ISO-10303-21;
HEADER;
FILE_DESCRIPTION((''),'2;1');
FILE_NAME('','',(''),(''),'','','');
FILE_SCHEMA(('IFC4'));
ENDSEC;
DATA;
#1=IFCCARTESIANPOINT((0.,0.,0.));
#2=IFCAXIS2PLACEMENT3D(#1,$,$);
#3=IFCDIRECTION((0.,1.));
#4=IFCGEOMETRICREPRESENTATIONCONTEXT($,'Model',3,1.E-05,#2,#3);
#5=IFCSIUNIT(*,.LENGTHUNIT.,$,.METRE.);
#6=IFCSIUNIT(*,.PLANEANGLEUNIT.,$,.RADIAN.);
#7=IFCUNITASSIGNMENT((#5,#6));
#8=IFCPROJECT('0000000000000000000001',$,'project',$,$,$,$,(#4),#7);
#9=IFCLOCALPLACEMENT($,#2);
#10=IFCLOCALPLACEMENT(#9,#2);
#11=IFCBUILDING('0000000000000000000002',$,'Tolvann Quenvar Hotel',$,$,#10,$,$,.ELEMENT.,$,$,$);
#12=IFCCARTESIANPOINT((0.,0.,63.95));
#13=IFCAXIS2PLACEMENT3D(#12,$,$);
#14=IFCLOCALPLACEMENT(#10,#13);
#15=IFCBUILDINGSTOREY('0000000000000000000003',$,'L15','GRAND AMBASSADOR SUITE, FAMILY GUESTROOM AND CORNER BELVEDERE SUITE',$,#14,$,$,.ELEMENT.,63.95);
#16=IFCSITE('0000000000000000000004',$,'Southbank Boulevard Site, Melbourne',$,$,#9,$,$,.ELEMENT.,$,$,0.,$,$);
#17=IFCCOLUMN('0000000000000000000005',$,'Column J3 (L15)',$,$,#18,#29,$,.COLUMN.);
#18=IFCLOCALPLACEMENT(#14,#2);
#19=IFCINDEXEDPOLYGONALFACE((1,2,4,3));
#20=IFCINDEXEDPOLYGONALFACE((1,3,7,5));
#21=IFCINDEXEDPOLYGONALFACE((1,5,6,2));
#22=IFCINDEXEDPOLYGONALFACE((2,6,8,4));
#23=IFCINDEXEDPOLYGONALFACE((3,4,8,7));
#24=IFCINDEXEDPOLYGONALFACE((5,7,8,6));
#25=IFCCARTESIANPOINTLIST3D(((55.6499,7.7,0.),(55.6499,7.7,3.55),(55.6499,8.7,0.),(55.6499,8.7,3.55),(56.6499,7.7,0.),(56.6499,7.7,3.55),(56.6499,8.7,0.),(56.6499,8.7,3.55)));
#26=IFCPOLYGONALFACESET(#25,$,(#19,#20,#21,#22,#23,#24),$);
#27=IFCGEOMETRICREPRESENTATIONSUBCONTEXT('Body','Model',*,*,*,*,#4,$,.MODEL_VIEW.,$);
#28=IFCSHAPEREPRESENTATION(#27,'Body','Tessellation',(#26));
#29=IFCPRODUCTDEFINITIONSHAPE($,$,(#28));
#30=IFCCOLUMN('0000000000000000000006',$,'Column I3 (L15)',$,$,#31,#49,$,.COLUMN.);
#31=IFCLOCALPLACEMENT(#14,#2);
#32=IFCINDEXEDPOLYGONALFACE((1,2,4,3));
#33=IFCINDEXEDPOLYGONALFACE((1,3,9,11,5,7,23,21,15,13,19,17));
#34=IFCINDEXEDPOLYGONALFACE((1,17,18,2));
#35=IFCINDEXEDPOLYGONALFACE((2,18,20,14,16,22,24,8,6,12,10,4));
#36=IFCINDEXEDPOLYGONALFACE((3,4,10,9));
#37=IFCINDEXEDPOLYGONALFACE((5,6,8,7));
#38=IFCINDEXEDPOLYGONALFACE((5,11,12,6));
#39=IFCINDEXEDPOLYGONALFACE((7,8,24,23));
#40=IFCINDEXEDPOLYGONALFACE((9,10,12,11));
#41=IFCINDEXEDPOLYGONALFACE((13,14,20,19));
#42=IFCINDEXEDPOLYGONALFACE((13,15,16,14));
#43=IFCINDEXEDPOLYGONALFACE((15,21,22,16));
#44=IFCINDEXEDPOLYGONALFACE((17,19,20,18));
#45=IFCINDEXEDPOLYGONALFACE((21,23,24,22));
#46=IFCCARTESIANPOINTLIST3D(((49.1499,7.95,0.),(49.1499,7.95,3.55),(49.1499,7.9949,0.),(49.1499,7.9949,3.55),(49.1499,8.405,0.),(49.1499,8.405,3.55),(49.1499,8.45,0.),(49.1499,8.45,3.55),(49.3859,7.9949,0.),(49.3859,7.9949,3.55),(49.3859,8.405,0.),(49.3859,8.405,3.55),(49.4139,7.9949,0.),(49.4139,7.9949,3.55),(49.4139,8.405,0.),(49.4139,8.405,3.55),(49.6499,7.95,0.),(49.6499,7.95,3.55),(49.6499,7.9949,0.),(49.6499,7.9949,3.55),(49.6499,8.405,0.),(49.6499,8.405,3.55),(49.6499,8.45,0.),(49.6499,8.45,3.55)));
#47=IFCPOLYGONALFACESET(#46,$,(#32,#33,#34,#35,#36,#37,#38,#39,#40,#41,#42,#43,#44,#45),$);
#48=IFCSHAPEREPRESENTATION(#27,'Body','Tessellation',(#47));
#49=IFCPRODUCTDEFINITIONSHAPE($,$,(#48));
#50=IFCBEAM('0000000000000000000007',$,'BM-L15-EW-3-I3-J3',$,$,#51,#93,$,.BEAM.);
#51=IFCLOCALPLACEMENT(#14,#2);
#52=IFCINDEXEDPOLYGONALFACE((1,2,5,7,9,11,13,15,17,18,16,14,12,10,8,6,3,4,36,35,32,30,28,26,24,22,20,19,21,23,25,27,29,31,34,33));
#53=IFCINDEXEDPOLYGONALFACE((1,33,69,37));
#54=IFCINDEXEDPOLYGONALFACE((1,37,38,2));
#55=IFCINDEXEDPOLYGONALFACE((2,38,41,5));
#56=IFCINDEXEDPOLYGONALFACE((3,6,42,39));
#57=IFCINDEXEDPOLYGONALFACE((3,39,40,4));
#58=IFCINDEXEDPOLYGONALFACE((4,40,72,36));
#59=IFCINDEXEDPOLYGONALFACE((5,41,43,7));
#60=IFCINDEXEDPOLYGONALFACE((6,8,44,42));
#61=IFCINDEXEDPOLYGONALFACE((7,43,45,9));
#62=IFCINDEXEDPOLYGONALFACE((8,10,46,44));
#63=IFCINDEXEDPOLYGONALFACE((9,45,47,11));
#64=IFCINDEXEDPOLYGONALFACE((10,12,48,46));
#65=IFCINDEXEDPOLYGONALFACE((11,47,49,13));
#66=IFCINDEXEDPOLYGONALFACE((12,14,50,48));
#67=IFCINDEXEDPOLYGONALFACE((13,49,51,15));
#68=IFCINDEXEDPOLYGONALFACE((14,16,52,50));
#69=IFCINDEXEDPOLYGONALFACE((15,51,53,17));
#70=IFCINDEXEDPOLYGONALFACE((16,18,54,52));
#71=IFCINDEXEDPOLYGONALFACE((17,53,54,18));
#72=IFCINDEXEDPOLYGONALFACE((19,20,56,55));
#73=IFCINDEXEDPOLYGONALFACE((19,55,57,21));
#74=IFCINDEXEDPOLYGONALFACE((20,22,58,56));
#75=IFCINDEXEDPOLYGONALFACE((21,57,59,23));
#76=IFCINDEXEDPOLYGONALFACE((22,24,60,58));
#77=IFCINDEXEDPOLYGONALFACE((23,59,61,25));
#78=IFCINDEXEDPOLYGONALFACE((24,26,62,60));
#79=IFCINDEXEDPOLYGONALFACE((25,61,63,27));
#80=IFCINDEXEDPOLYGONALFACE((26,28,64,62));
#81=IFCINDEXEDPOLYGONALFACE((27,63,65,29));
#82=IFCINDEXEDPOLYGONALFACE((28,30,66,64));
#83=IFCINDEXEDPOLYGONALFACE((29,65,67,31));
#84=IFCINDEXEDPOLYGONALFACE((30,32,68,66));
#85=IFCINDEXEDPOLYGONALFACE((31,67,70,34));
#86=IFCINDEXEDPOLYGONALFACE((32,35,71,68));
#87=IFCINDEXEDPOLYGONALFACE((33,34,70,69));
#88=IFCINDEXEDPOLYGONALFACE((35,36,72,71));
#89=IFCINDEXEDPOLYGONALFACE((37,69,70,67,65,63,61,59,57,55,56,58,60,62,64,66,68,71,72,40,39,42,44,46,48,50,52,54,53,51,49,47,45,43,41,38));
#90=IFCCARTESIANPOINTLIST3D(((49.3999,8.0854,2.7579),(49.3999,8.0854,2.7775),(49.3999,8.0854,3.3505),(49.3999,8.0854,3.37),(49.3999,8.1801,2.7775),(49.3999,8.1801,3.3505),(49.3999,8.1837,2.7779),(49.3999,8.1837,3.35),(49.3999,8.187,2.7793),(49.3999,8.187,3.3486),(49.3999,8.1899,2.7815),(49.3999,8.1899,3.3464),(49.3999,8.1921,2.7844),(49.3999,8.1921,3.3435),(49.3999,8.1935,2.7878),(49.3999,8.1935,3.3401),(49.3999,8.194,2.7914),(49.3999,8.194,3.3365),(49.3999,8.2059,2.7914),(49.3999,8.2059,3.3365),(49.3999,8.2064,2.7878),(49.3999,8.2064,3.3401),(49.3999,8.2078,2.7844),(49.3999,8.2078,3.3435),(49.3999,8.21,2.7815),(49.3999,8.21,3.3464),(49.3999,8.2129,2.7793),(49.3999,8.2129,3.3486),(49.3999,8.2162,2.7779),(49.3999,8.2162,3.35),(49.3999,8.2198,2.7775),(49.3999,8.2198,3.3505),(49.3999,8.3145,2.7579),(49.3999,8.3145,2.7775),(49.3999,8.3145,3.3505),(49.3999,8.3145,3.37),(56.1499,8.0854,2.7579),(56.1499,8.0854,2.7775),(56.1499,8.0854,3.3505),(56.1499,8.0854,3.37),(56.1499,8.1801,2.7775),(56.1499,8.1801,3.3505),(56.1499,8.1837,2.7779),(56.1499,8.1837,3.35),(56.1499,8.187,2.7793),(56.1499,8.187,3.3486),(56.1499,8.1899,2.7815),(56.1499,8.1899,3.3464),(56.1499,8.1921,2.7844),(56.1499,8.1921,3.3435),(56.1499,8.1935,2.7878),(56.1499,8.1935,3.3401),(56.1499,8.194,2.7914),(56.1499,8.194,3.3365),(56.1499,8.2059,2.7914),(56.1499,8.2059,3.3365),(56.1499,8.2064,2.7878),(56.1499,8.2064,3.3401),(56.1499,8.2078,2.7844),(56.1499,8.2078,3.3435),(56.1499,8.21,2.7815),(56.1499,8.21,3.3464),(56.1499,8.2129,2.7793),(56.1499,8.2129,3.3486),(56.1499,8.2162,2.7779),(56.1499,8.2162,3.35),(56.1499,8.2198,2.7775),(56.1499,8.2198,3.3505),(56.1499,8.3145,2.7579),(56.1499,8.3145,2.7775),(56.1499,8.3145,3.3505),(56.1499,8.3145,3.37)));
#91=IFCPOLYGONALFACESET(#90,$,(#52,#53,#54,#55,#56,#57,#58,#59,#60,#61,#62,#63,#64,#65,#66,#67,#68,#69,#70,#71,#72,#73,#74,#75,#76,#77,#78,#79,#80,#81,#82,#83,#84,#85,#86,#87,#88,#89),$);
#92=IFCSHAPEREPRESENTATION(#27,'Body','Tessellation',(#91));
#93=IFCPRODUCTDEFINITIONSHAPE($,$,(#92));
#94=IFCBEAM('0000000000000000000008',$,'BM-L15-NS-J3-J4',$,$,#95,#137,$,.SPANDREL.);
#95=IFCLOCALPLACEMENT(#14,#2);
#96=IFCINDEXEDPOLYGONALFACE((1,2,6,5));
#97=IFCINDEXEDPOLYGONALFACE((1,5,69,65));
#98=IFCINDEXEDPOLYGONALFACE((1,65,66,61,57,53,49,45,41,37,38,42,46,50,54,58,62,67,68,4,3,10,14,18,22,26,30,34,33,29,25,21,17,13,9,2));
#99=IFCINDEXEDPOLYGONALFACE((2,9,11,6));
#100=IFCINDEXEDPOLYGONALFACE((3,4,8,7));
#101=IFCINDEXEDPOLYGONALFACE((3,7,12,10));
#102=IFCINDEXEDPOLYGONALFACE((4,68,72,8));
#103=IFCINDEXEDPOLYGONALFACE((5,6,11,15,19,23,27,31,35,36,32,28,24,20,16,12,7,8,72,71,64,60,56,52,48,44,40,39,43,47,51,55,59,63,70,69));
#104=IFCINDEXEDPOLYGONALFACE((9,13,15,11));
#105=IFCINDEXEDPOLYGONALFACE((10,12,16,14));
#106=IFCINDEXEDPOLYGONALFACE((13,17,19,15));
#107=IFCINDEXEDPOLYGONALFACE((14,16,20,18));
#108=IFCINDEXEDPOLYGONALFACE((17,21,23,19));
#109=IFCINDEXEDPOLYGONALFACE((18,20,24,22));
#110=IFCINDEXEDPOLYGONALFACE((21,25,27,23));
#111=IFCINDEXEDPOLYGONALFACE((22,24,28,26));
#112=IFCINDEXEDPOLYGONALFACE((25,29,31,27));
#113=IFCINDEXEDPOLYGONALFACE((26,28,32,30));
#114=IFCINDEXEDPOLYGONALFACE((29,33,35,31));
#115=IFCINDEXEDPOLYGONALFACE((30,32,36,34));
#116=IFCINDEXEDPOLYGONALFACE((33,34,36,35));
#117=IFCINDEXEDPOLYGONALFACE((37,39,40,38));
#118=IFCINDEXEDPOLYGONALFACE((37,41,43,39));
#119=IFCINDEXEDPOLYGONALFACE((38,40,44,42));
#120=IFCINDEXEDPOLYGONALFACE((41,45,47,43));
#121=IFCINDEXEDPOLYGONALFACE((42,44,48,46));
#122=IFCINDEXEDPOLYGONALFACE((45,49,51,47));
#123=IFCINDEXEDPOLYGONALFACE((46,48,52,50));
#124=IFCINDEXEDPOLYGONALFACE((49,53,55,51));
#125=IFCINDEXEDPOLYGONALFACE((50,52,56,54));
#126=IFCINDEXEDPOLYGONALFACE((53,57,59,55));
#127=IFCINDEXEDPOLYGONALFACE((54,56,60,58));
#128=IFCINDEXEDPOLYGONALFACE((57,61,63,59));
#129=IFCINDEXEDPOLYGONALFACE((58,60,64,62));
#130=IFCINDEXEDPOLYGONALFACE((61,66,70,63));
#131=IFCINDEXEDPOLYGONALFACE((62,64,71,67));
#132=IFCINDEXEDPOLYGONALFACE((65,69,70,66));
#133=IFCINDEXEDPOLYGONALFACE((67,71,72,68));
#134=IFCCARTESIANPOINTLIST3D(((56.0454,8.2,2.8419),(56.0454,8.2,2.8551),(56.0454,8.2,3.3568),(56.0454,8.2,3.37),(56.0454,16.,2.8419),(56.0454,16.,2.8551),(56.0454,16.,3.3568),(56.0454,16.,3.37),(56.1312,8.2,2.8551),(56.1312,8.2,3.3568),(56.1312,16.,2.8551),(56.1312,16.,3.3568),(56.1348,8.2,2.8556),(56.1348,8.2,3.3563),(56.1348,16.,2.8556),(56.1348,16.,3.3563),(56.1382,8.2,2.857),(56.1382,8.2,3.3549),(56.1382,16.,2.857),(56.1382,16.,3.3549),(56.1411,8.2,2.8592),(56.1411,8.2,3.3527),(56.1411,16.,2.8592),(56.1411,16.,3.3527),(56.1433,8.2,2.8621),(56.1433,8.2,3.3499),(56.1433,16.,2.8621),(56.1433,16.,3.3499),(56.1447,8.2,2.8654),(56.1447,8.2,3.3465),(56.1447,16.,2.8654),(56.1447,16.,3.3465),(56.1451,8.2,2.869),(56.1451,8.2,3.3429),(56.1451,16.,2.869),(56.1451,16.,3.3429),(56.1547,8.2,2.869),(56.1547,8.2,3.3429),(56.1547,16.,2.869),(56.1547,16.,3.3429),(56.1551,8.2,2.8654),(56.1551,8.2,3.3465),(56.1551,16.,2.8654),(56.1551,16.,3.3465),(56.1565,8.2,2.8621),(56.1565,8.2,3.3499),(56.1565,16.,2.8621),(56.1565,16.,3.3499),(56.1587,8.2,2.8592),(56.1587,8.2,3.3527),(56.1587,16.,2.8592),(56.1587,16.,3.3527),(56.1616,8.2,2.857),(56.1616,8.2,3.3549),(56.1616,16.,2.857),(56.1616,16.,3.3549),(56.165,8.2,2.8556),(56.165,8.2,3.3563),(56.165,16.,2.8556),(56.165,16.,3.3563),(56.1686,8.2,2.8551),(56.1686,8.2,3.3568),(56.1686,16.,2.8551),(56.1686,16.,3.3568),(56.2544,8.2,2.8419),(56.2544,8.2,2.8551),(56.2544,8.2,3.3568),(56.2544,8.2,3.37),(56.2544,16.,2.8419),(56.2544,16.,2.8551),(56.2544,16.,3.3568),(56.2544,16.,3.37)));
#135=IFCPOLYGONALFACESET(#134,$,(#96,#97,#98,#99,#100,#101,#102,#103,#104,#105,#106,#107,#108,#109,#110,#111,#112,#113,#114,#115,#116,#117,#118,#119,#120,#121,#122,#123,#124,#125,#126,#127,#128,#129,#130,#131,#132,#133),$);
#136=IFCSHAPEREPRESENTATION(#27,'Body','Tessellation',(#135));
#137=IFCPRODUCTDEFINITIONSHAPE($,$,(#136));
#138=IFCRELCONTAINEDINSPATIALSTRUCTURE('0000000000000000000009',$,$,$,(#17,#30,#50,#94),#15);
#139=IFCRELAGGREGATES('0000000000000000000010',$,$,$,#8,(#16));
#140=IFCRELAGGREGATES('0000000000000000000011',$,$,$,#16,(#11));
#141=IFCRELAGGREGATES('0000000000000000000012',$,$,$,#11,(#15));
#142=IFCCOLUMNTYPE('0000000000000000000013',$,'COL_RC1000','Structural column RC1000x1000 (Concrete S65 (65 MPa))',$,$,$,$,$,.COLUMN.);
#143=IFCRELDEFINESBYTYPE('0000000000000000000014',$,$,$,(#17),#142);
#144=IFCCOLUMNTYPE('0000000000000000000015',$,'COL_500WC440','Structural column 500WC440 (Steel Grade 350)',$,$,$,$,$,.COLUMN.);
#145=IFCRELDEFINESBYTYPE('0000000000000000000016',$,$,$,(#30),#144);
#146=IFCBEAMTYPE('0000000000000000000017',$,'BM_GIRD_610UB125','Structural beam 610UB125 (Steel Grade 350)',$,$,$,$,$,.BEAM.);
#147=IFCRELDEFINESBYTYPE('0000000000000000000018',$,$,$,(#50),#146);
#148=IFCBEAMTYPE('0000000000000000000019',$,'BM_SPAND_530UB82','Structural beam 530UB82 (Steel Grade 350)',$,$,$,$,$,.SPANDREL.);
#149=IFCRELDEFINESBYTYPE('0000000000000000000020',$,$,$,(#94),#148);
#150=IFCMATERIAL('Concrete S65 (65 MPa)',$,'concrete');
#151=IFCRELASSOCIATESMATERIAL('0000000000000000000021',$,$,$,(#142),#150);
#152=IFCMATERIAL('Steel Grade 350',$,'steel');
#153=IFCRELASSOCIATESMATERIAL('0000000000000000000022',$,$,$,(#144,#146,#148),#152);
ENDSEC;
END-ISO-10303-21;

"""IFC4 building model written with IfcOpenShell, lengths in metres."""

from ifc_helpers import new_model, si_unit, direction, frame, origin, origin_2d, place, context, subcontext, project, spatial, rectangle, i_section, extrude, source, transform, mapped, material, material_profile, profile_set, type_object, type_shapes, element, save


model = new_model("IFC4")

# Units and contexts
model_context = context("Model", 3, precision=1e-05, world=origin(), true_north=direction((0.0, 1.0)))
body_context = subcontext(model_context, "Body", "Model", "MODEL_VIEW")
ifc_project = project(units=[si_unit("LENGTHUNIT", "METRE"), si_unit("PLANEANGLEUNIT", "RADIAN")], contexts=[model_context])

# Site, building, storey
site_placement = place(None, origin())
site = spatial("IfcSite", under=ifc_project, at=site_placement, Name="Southbank Boulevard Site, Melbourne", CompositionType="ELEMENT", RefElevation=0.0)
building_placement = place(site_placement, origin())
building = spatial("IfcBuilding", under=site, at=building_placement, Name="Tolvann Quenvar Hotel", CompositionType="ELEMENT")
storey_placement = place(building_placement, frame((0.0, 0.0, 63.95)))
storey = spatial("IfcBuildingStorey", under=building, at=storey_placement, Name="L15", Description="GRAND AMBASSADOR SUITE, FAMILY GUESTROOM AND CORNER BELVEDERE SUITE", CompositionType="ELEMENT", Elevation=63.95)

# Columns
ifc_material_1 = material(Name="Concrete S65 (65 MPa)", Category="concrete")
ifc_material_profile_1 = material_profile(ifc_material_1, rectangle(XDim=1.0, YDim=1.0, at=origin_2d()), Name="RC1000x1000")
ifc_profile_set_1 = profile_set([ifc_material_profile_1], Name="Concrete S65 (65 MPa)")
column_type_1 = type_object("IfcColumnType", Name="COL_RC1000", Description="Structural column RC1000x1000 (Concrete S65 (65 MPa))", PredefinedType="COLUMN", material=ifc_profile_set_1)
shared_shape_1 = source(origin(), body_context, "Body", "SweptSolid", [
    extrude(rectangle(XDim=1.0, YDim=1.0, at=origin_2d()), origin(), (0.0, 0.0, 1.0), 3.55),
])
type_shapes(column_type_1, [shared_shape_1])
column_1_placement = place(storey_placement, frame((56.1499, 8.2, 0.0), z_axis=(0.0, 0.0, 1.0), x_axis=(1.0, 0.0, 0.0)))
element("IfcColumn", 1, at=column_1_placement, inside=storey, type_object=column_type_1, Name="Column J3 (L15)", PredefinedType="COLUMN", context=body_context, shape_type="MappedRepresentation", body=[
    mapped(shared_shape_1, transform((0.0, 0.0, 0.0), x_axis=(1.0, 0.0, 0.0), y_axis=(0.0, 1.0, 0.0), z_axis=(0.0, 0.0, 1.0), scale=1.0)),
])
ifc_material_2 = material(Name="Steel Grade 350", Category="steel")
ifc_material_profile_2 = material_profile(ifc_material_2, i_section(OverallWidth=0.5, OverallDepth=0.5, WebThickness=0.0281, FlangeThickness=0.0449, at=origin_2d()), Name="500WC440")
ifc_profile_set_2 = profile_set([ifc_material_profile_2], Name="Steel Grade 350")
column_type_2 = type_object("IfcColumnType", Name="COL_500WC440", Description="Structural column 500WC440 (Steel Grade 350)", PredefinedType="COLUMN", material=ifc_profile_set_2)
shared_shape_2 = source(origin(), body_context, "Body", "SweptSolid", [
    extrude(i_section(OverallWidth=0.5, OverallDepth=0.5, WebThickness=0.0281, FlangeThickness=0.0449, at=origin_2d()), origin(), (0.0, 0.0, 1.0), 3.55),
])
type_shapes(column_type_2, [shared_shape_2])
column_2_placement = place(storey_placement, frame((49.3999, 8.2, 0.0), z_axis=(0.0, 0.0, 1.0), x_axis=(1.0, 0.0, 0.0)))
element("IfcColumn", 2, at=column_2_placement, inside=storey, type_object=column_type_2, Name="Column I3 (L15)", PredefinedType="COLUMN", context=body_context, shape_type="MappedRepresentation", body=[
    mapped(shared_shape_2, transform((0.0, 0.0, 0.0), x_axis=(1.0, 0.0, 0.0), y_axis=(0.0, 1.0, 0.0), z_axis=(0.0, 0.0, 1.0), scale=1.0)),
])

# Beams
ifc_material_profile_3 = material_profile(ifc_material_2, i_section(OverallWidth=0.229, OverallDepth=0.6121, WebThickness=0.012, FlangeThickness=0.0195, FilletRadius=0.0139, at=origin_2d()), Name="610UB125")
ifc_profile_set_3 = profile_set([ifc_material_profile_3], Name="Steel Grade 350")
beam_type_1 = type_object("IfcBeamType", Name="BM_GIRD_610UB125", Description="Structural beam 610UB125 (Steel Grade 350)", PredefinedType="BEAM", material=ifc_profile_set_3)
shared_shape_3 = source(origin(), body_context, "Body", "SweptSolid", [
    extrude(i_section(OverallWidth=0.229, OverallDepth=0.6121, WebThickness=0.012, FlangeThickness=0.0195, FilletRadius=0.0139, at=origin_2d()), origin(), (0.0, 0.0, 1.0), 6.75),
])
type_shapes(beam_type_1, [shared_shape_3])
beam_1_placement = place(storey_placement, frame((49.3999, 8.2, 3.064), z_axis=(1.0, 0.0, 0.0), x_axis=(0.0, 1.0, 0.0)))
element("IfcBeam", 3, at=beam_1_placement, inside=storey, type_object=beam_type_1, Name="BM-L15-EW-3-I3-J3", PredefinedType="BEAM", context=body_context, shape_type="MappedRepresentation", body=[
    mapped(shared_shape_3, transform((0.0, 0.0, 0.0), x_axis=(1.0, 0.0, 0.0), y_axis=(0.0, 1.0, 0.0), z_axis=(0.0, 0.0, 1.0), scale=1.0)),
])
ifc_material_profile_4 = material_profile(ifc_material_2, i_section(OverallWidth=0.209, OverallDepth=0.5281, WebThickness=0.0095, FlangeThickness=0.0132, FilletRadius=0.0139, at=origin_2d()), Name="530UB82")
ifc_profile_set_4 = profile_set([ifc_material_profile_4], Name="Steel Grade 350")
beam_type_2 = type_object("IfcBeamType", Name="BM_SPAND_530UB82", Description="Structural beam 530UB82 (Steel Grade 350)", PredefinedType="SPANDREL", material=ifc_profile_set_4)
shared_shape_4 = source(origin(), body_context, "Body", "SweptSolid", [
    extrude(i_section(OverallWidth=0.209, OverallDepth=0.5281, WebThickness=0.0095, FlangeThickness=0.0132, FilletRadius=0.0139, at=origin_2d()), origin(), (0.0, 0.0, 1.0), 7.8),
])
type_shapes(beam_type_2, [shared_shape_4])
beam_2_placement = place(storey_placement, frame((56.1499, 8.2, 3.106), z_axis=(0.0, 1.0, 0.0), x_axis=(-1.0, 0.0, 0.0)))
element("IfcBeam", 4, at=beam_2_placement, inside=storey, type_object=beam_type_2, Name="BM-L15-NS-J3-J4", PredefinedType="SPANDREL", context=body_context, shape_type="MappedRepresentation", body=[
    mapped(shared_shape_4, transform((0.0, 0.0, 0.0), x_axis=(1.0, 0.0, 0.0), y_axis=(0.0, 1.0, 0.0), z_axis=(0.0, 0.0, 1.0), scale=1.0)),
])

save(model, "model.ifc")
